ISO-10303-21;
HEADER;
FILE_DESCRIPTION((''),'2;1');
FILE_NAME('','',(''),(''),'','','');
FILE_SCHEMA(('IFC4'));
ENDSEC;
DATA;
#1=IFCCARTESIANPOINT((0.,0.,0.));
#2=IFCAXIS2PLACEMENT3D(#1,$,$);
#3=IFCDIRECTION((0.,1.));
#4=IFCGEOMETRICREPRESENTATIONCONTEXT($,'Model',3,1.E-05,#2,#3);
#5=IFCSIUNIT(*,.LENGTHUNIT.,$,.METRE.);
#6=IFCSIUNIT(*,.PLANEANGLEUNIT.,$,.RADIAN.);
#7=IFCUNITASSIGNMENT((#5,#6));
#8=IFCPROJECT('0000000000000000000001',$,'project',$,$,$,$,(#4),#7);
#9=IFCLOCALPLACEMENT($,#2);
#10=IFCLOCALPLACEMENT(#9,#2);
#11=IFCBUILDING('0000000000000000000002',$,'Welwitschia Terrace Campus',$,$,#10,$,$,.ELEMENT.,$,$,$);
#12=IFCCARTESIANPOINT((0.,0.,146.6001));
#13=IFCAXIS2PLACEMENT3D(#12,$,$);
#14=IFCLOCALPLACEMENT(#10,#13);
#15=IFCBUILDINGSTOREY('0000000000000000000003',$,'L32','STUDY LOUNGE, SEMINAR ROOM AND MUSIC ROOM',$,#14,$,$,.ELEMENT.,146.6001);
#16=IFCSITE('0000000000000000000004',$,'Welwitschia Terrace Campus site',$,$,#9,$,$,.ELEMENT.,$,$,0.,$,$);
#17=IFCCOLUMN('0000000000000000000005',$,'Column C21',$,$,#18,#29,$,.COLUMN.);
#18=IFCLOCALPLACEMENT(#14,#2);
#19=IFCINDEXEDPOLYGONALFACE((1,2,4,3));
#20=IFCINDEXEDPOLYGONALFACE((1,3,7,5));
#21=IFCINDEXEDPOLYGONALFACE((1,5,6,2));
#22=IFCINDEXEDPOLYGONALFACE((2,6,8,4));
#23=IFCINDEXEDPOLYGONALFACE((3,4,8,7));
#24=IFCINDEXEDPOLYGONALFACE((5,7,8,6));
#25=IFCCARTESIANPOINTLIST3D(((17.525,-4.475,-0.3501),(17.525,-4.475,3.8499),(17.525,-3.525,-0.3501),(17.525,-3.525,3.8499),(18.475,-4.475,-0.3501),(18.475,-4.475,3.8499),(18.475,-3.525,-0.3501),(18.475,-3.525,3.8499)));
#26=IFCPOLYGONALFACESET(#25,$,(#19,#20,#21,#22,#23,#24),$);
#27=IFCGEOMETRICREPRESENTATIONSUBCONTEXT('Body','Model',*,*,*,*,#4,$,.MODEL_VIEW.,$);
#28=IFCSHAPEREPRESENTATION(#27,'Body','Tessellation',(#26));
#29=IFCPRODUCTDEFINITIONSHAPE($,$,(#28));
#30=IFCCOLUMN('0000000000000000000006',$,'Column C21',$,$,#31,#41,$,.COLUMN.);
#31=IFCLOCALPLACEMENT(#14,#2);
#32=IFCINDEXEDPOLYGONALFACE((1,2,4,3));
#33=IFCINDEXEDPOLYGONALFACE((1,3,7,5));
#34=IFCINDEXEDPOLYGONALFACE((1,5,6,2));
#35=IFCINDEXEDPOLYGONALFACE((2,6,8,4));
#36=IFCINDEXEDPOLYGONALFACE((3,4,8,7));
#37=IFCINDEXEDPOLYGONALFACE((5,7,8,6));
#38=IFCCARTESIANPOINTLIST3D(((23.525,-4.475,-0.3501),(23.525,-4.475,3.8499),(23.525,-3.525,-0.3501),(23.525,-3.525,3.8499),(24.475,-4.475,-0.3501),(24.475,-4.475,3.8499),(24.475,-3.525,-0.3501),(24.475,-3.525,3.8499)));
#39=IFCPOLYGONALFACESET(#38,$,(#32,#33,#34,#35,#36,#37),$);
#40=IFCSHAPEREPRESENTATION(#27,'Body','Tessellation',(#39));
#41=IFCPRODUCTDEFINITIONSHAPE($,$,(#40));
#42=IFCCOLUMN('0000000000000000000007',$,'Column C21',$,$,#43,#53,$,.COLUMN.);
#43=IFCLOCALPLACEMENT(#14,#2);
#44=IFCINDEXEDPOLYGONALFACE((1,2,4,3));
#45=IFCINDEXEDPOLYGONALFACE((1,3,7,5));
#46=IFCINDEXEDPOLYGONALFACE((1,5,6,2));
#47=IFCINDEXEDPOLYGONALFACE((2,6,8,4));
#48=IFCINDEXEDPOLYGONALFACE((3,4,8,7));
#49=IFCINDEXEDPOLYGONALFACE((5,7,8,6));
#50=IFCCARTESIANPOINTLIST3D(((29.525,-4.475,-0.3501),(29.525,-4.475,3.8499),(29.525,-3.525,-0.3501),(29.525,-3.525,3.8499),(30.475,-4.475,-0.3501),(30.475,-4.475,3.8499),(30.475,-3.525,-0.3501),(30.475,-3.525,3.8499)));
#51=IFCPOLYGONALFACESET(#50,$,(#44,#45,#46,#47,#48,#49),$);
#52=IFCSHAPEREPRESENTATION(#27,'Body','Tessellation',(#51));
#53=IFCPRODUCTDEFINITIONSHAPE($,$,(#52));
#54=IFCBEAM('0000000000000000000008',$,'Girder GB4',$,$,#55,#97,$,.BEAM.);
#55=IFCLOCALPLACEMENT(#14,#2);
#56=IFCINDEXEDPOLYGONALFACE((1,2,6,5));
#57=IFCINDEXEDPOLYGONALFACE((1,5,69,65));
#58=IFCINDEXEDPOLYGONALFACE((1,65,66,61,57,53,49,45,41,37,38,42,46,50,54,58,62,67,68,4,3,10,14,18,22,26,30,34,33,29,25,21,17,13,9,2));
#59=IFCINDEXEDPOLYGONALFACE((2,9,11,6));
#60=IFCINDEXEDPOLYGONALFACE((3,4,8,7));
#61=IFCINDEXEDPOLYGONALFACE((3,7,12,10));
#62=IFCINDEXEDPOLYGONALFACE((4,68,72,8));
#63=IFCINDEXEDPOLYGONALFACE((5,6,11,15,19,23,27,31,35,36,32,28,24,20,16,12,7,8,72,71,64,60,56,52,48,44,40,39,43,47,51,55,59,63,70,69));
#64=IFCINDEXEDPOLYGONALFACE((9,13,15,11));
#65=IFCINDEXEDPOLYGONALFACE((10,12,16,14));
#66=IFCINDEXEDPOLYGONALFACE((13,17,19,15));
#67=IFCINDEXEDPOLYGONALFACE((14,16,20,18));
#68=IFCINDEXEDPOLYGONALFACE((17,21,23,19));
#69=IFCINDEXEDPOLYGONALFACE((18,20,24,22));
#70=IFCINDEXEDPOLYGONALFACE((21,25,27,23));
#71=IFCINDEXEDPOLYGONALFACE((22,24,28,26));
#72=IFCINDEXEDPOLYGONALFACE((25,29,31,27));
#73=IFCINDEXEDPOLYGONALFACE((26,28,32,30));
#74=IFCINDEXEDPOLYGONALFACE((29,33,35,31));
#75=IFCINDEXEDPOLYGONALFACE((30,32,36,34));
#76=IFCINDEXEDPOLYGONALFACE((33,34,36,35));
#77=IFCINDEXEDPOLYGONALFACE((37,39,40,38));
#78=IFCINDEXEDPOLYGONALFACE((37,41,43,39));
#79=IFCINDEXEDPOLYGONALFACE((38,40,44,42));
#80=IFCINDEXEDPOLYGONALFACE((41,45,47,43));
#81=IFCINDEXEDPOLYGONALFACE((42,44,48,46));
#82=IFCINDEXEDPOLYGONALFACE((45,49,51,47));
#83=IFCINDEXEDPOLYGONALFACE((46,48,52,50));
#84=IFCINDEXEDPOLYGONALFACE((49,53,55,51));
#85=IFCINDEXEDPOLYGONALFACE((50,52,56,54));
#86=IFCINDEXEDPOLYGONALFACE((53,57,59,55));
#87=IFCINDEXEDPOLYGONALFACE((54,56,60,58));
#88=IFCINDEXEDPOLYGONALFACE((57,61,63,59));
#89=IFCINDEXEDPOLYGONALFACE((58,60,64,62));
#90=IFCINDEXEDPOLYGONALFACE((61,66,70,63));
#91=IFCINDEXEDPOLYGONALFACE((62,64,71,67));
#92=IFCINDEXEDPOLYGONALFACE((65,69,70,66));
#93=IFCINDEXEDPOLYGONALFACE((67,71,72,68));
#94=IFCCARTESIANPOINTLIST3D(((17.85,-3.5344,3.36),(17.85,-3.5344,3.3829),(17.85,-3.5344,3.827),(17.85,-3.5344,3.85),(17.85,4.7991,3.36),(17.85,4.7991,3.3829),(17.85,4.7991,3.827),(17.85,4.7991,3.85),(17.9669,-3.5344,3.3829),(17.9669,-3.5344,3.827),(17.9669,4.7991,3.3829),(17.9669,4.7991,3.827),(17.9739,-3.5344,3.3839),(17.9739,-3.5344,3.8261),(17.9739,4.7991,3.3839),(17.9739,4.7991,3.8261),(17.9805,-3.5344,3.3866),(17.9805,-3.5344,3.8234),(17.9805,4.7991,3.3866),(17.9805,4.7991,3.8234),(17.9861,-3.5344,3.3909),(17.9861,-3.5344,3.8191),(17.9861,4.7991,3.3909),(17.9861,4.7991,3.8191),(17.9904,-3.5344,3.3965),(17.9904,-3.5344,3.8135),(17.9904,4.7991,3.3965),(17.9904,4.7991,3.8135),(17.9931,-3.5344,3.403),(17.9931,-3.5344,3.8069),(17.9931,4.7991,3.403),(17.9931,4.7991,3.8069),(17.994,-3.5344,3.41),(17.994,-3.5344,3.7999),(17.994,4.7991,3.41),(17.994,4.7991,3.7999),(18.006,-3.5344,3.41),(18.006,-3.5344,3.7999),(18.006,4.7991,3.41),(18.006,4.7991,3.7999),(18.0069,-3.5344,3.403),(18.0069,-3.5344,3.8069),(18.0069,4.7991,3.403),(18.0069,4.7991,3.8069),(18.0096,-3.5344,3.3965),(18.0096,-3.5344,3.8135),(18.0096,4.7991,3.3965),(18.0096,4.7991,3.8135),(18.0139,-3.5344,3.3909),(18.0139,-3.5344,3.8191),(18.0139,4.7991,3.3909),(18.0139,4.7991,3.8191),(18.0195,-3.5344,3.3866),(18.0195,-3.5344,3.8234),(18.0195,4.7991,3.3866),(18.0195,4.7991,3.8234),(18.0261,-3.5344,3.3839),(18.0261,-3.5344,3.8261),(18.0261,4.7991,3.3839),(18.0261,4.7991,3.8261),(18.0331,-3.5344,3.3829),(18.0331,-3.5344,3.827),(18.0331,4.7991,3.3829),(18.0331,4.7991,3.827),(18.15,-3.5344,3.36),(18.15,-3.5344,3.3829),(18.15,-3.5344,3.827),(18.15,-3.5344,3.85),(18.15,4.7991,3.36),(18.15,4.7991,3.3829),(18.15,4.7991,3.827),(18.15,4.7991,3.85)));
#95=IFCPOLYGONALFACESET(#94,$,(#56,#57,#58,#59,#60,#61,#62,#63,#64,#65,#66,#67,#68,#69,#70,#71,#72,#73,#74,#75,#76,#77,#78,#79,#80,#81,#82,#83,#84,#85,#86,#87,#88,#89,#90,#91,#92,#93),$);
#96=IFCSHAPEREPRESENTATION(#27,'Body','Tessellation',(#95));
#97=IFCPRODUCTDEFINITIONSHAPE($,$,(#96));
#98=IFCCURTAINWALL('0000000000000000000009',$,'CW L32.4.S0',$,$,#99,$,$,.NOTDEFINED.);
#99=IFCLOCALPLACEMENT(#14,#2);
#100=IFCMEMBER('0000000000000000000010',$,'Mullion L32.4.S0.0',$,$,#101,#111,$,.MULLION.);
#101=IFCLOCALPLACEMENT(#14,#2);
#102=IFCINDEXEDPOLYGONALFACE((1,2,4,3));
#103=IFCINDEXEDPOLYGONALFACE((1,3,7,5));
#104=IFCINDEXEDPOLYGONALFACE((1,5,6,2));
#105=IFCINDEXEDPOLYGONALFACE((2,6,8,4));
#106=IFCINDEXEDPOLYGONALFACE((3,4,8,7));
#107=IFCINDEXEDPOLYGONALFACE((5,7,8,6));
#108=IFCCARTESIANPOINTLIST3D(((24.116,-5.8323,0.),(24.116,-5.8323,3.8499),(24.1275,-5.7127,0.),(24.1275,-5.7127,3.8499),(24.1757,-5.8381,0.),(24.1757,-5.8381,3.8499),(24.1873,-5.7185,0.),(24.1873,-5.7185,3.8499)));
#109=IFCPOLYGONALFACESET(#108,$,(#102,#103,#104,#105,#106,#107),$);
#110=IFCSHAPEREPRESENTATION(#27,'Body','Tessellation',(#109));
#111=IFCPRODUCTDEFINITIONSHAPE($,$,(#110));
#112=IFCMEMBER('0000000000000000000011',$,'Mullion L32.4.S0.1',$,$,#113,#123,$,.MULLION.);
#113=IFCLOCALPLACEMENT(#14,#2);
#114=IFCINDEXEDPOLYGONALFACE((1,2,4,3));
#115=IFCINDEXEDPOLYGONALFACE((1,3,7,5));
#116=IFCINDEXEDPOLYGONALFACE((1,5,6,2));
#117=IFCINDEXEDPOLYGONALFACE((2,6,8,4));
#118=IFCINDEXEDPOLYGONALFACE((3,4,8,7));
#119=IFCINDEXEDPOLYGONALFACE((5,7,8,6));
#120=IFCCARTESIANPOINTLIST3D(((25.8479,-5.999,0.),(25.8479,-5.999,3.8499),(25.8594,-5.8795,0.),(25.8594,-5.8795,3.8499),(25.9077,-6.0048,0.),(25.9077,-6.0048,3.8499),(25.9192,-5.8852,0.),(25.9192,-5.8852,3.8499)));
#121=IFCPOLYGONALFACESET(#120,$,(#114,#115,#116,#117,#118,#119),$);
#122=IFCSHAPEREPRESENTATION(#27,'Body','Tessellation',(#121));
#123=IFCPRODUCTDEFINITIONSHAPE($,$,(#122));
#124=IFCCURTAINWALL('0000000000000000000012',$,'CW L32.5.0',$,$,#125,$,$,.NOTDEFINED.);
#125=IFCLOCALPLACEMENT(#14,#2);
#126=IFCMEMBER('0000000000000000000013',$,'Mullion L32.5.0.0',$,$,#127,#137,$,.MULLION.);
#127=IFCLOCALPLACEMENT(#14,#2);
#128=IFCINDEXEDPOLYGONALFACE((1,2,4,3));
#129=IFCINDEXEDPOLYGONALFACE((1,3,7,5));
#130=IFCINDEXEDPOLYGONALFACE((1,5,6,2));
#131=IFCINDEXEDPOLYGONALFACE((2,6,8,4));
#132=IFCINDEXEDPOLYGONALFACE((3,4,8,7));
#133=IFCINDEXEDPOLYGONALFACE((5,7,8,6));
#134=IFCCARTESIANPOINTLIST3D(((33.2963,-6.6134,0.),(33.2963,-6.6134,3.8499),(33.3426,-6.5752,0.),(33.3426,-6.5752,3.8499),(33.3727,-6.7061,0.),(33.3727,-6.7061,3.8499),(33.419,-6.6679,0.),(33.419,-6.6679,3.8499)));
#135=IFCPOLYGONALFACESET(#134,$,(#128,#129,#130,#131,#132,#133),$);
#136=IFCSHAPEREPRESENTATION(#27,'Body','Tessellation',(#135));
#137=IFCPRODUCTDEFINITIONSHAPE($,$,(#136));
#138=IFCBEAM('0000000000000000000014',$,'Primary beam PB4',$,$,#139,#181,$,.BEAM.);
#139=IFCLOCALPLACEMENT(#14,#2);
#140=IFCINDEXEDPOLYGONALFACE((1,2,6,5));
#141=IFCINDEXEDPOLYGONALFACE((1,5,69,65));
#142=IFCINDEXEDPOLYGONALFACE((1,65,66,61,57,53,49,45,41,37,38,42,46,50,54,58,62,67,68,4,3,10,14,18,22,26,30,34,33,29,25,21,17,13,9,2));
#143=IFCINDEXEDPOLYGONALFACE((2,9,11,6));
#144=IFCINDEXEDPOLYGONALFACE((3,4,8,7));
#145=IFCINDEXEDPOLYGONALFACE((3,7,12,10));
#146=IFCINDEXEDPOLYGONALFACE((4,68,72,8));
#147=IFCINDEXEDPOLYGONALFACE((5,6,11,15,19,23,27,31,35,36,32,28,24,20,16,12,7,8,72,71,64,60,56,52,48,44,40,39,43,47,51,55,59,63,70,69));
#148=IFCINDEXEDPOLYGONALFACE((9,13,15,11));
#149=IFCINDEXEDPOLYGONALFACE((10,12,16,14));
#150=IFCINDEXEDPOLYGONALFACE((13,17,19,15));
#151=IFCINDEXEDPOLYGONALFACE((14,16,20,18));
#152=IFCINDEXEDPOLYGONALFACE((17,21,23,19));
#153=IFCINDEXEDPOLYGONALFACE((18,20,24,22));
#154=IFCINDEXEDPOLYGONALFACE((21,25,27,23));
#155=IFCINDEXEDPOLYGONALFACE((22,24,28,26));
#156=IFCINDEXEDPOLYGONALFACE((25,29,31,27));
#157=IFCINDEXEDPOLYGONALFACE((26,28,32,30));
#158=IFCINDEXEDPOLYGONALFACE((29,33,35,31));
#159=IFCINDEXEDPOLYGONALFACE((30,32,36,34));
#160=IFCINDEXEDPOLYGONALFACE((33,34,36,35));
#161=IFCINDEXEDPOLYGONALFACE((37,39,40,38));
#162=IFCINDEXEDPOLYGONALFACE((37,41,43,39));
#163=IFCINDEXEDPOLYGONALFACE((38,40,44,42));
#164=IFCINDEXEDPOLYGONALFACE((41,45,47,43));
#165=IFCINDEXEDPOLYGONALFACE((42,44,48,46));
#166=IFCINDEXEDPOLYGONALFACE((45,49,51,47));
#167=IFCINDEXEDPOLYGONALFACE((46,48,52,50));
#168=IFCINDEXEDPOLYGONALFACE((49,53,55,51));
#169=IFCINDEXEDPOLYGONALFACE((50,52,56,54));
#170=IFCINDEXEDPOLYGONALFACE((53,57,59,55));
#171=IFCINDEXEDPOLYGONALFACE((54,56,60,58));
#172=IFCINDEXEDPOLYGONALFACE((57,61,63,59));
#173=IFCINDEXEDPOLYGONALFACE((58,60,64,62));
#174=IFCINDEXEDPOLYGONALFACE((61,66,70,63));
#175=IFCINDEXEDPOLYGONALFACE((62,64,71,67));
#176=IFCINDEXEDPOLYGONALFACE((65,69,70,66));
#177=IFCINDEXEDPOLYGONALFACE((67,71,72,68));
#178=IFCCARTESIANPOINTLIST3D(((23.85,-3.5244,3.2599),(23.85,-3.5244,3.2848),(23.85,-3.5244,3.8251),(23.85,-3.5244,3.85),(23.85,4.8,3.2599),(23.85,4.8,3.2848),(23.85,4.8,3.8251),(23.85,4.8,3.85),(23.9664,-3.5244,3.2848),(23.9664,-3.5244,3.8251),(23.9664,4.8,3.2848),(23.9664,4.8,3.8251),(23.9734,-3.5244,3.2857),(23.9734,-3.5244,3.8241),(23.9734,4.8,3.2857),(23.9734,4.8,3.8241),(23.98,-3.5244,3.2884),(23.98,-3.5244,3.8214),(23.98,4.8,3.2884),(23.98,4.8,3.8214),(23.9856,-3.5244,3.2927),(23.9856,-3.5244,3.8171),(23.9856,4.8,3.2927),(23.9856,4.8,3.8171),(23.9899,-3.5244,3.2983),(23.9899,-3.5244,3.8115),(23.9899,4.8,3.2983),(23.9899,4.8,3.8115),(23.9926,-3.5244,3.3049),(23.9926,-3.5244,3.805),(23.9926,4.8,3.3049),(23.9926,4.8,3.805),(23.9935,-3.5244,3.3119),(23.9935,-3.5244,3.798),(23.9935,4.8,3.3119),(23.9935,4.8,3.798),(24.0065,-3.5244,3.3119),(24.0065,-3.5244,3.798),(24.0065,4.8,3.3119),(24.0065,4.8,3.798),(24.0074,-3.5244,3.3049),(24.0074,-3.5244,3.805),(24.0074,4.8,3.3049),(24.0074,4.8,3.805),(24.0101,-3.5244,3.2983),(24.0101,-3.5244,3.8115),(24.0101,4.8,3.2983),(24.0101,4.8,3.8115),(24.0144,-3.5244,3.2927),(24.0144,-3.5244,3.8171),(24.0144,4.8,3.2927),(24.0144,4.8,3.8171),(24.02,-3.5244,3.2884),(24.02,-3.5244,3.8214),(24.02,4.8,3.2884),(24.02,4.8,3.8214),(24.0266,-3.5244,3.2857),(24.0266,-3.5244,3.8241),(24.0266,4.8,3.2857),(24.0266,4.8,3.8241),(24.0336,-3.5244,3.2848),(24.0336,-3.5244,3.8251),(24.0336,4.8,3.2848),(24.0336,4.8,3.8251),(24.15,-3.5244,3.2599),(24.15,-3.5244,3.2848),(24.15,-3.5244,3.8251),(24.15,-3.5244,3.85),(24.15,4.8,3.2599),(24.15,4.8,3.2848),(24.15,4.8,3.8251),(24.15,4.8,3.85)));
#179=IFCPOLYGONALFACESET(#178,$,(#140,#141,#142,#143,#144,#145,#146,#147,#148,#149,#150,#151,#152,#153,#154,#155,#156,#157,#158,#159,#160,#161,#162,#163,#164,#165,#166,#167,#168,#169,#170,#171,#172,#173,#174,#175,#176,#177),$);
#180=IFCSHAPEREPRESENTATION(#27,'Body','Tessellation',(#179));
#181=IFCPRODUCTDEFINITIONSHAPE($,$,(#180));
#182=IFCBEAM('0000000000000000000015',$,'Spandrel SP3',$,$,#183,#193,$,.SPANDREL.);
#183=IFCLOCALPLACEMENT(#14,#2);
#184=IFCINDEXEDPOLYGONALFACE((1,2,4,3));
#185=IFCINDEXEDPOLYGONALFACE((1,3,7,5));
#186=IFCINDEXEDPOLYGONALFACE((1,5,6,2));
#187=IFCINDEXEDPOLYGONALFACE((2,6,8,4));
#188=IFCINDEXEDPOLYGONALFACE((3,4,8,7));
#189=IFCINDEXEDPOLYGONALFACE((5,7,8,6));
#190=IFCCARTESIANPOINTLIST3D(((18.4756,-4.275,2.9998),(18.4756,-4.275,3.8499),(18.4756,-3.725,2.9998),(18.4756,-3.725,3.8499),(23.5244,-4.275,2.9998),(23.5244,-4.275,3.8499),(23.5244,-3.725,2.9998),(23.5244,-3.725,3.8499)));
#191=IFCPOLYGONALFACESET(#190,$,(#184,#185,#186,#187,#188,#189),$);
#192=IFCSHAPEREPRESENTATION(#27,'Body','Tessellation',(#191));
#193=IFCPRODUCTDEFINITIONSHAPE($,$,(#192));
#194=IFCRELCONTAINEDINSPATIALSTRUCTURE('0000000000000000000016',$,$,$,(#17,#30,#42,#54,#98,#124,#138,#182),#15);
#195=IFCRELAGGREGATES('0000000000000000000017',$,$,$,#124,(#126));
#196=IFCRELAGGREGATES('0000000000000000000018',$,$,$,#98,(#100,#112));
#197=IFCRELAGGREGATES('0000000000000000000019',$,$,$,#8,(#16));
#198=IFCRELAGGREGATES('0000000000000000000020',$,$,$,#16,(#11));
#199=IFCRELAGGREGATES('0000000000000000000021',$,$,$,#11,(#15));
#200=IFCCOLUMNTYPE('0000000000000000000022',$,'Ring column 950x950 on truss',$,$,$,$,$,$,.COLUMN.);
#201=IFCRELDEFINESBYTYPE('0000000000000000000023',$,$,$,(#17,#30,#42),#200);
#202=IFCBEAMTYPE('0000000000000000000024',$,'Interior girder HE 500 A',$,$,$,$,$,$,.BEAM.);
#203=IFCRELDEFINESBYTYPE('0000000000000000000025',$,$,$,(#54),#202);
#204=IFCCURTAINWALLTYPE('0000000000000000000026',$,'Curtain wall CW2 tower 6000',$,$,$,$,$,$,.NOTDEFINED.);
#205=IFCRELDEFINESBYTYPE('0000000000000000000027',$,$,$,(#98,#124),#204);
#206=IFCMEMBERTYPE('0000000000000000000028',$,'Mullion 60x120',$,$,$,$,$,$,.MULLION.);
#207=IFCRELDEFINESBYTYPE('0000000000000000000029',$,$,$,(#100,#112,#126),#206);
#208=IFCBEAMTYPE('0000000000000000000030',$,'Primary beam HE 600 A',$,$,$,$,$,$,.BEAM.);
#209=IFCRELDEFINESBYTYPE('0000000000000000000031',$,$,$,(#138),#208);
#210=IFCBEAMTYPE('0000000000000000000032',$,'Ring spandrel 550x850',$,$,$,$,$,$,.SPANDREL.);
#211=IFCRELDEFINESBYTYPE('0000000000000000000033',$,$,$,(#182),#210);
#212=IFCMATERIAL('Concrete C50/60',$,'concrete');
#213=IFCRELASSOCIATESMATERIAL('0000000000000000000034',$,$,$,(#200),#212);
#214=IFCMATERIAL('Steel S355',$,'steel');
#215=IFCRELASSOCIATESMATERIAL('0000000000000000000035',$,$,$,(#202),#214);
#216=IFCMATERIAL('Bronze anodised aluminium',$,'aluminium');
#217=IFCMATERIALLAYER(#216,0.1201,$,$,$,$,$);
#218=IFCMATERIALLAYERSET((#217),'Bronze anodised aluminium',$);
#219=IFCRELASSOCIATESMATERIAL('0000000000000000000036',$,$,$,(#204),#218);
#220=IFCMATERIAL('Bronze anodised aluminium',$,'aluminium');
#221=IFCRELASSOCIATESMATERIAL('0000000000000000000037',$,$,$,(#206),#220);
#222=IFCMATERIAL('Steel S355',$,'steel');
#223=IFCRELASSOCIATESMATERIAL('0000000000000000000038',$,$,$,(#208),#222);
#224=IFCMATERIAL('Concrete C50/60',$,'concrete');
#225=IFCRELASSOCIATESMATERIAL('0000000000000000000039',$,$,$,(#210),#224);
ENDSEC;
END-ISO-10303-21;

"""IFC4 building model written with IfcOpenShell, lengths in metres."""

from ifc_helpers import new_model, si_unit, direction, frame, origin, origin_2d, place, context, subcontext, project, spatial, rectangle, i_section, extrude, material, layer, layer_set, material_profile, profile_set, type_object, element, aggregate, save


model = new_model("IFC4")

# Units and contexts
model_context = context("Model", 3, precision=1e-05, world=origin(), true_north=direction((0.0, 1.0)))
body_context = subcontext(model_context, "Body", "Model", "MODEL_VIEW")
ifc_project = project(units=[si_unit("LENGTHUNIT", "METRE"), si_unit("PLANEANGLEUNIT", "RADIAN")], contexts=[model_context])

# Site, building, storey
site_placement = place(None, origin())
site = spatial("IfcSite", under=ifc_project, at=site_placement, Name="Welwitschia Terrace Campus site", CompositionType="ELEMENT", RefElevation=0.0)
building_placement = place(site_placement, origin())
building = spatial("IfcBuilding", under=site, at=building_placement, Name="Welwitschia Terrace Campus", CompositionType="ELEMENT")
storey_placement = place(building_placement, frame((0.0, 0.0, 146.6001)))
storey = spatial("IfcBuildingStorey", under=building, at=storey_placement, Name="L32", Description="STUDY LOUNGE, SEMINAR ROOM AND MUSIC ROOM", CompositionType="ELEMENT", Elevation=146.6001)

# Columns
ifc_material_1 = material(Name="Concrete C50/60", Category="concrete")
ifc_material_profile_1 = material_profile(ifc_material_1, rectangle(XDim=0.95, YDim=0.95, at=origin_2d()))
ifc_profile_set_1 = profile_set([ifc_material_profile_1], Name="Concrete C50/60")
column_type = type_object("IfcColumnType", Name="Ring column 950x950 on truss", PredefinedType="COLUMN", material=ifc_profile_set_1)
for number, where, z_axis, x_axis, name in (
    (1, (18.0, -4.0, -0.3501), (0.0, 0.0, 1.0), (1.0, 0.0, 0.0), "Column C21"),
    (2, (24.0, -4.0, -0.3501), (0.0, 0.0, 1.0), (1.0, 0.0, 0.0), "Column C21"),
    (3, (30.0, -4.0, -0.3501), (0.0, 0.0, 1.0), (1.0, 0.0, 0.0), "Column C21"),
):
    element("IfcColumn", number, at=place(storey_placement, frame(where, z_axis=z_axis, x_axis=x_axis)), inside=storey, type_object=column_type, Name=name, PredefinedType="COLUMN", context=body_context, shape_type="SweptSolid", body=[
        extrude(rectangle(XDim=0.95, YDim=0.95, at=origin_2d()), origin(), (0.0, 0.0, 1.0), 4.2),
    ])

# Beam
ifc_material_2 = material(Name="Steel S355", Category="steel")
ifc_material_profile_2 = material_profile(ifc_material_2, i_section(OverallWidth=0.3, OverallDepth=0.49, WebThickness=0.012, FlangeThickness=0.0229, FilletRadius=0.0271, at=origin_2d()))
ifc_profile_set_2 = profile_set([ifc_material_profile_2], Name="Steel S355")
beam_type_1 = type_object("IfcBeamType", Name="Interior girder HE 500 A", PredefinedType="BEAM", material=ifc_profile_set_2)
beam_1_placement = place(storey_placement, frame((18.0, -3.5344, 3.605), z_axis=(0.0, 1.0, 0.0), x_axis=(-1.0, 0.0, 0.0)))
element("IfcBeam", 4, at=beam_1_placement, inside=storey, type_object=beam_type_1, Name="Girder GB4", PredefinedType="BEAM", context=body_context, shape_type="SweptSolid", body=[
    extrude(i_section(OverallWidth=0.3, OverallDepth=0.49, WebThickness=0.012, FlangeThickness=0.0229, FilletRadius=0.0271, at=origin_2d()), origin(), (0.0, 0.0, 1.0), 8.3335),
])

# Curtain wall, members
ifc_material_3 = material(Name="Bronze anodised aluminium", Category="aluminium")
ifc_layer_1 = layer(ifc_material_3, 0.1201)
ifc_layer_set_1 = layer_set([ifc_layer_1], Name="Bronze anodised aluminium")
curtain_wall_type = type_object("IfcCurtainWallType", Name="Curtain wall CW2 tower 6000", PredefinedType="NOTDEFINED", material=ifc_layer_set_1)
curtain_wall_1_placement = place(storey_placement, origin())
curtain_wall_1 = element("IfcCurtainWall", 5, at=curtain_wall_1_placement, inside=storey, type_object=curtain_wall_type, Name="CW L32.4.S0", PredefinedType="NOTDEFINED")
ifc_material_4 = material(Name="Bronze anodised aluminium", Category="aluminium")
ifc_material_profile_3 = material_profile(ifc_material_4, rectangle(XDim=0.1201, YDim=0.0601, at=origin_2d()))
ifc_profile_set_3 = profile_set([ifc_material_profile_3], Name="Bronze anodised aluminium")
member_type_1 = type_object("IfcMemberType", Name="Mullion 60x120", PredefinedType="MULLION", material=ifc_profile_set_3)
member_1_placement = place(storey_placement, frame((24.1516, -5.7754, 0.0), z_axis=(0.0, 0.0, 1.0), x_axis=(0.095846, 0.995396, 0.0)))
member_1 = element("IfcMember", 6, at=member_1_placement, type_object=member_type_1, Name="Mullion L32.4.S0.0", PredefinedType="MULLION", context=body_context, shape_type="SweptSolid", body=[
    extrude(rectangle(XDim=0.1201, YDim=0.0601, at=origin_2d()), origin(), (0.0, 0.0, 1.0), 3.8499),
])
member_2_placement = place(storey_placement, frame((25.8835, -5.9421, 0.0), z_axis=(0.0, 0.0, 1.0), x_axis=(0.095846, 0.995396, 0.0)))
member_2 = element("IfcMember", 7, at=member_2_placement, type_object=member_type_1, Name="Mullion L32.4.S0.1", PredefinedType="MULLION", context=body_context, shape_type="SweptSolid", body=[
    extrude(rectangle(XDim=0.1201, YDim=0.0601, at=origin_2d()), origin(), (0.0, 0.0, 1.0), 3.8499),
])

# Curtain wall, member
curtain_wall_2_placement = place(storey_placement, origin())
curtain_wall_2 = element("IfcCurtainWall", 8, at=curtain_wall_2_placement, inside=storey, type_object=curtain_wall_type, Name="CW L32.5.0", PredefinedType="NOTDEFINED")
member_3_placement = place(storey_placement, frame((33.3577, -6.6406, 0.0), z_axis=(0.0, 0.0, 1.0), x_axis=(-0.636078, 0.771625, 0.0)))
member_3 = element("IfcMember", 9, at=member_3_placement, type_object=member_type_1, Name="Mullion L32.5.0.0", PredefinedType="MULLION", context=body_context, shape_type="SweptSolid", body=[
    extrude(rectangle(XDim=0.1201, YDim=0.0601, at=origin_2d()), origin(), (0.0, 0.0, 1.0), 3.8499),
])

# Beams
ifc_material_5 = material(Name="Steel S355", Category="steel")
ifc_material_profile_4 = material_profile(ifc_material_5, i_section(OverallWidth=0.3, OverallDepth=0.5901, WebThickness=0.0129, FlangeThickness=0.0249, FilletRadius=0.0271, at=origin_2d()))
ifc_profile_set_4 = profile_set([ifc_material_profile_4], Name="Steel S355")
beam_type_2 = type_object("IfcBeamType", Name="Primary beam HE 600 A", PredefinedType="BEAM", material=ifc_profile_set_4)
beam_2_placement = place(storey_placement, frame((24.0, -3.5244, 3.5549), z_axis=(0.0, 1.0, 0.0), x_axis=(-1.0, 0.0, 0.0)))
element("IfcBeam", 10, at=beam_2_placement, inside=storey, type_object=beam_type_2, Name="Primary beam PB4", PredefinedType="BEAM", context=body_context, shape_type="SweptSolid", body=[
    extrude(i_section(OverallWidth=0.3, OverallDepth=0.5901, WebThickness=0.0129, FlangeThickness=0.0249, FilletRadius=0.0271, at=origin_2d()), origin(), (0.0, 0.0, 1.0), 8.3245),
])
ifc_material_6 = material(Name="Concrete C50/60", Category="concrete")
ifc_material_profile_5 = material_profile(ifc_material_6, rectangle(XDim=0.55, YDim=0.8501, at=origin_2d()))
ifc_profile_set_5 = profile_set([ifc_material_profile_5], Name="Concrete C50/60")
beam_type_3 = type_object("IfcBeamType", Name="Ring spandrel 550x850", PredefinedType="SPANDREL", material=ifc_profile_set_5)
for number, where, z_axis, x_axis, name in (
    (11, (18.4756, -4.0, 3.4248), (1.0, 0.0, 0.0), (0.0, 1.0, 0.0), "Spandrel SP3"),
):
    element("IfcBeam", number, at=place(storey_placement, frame(where, z_axis=z_axis, x_axis=x_axis)), inside=storey, type_object=beam_type_3, Name=name, PredefinedType="SPANDREL", context=body_context, shape_type="SweptSolid", body=[
        extrude(rectangle(XDim=0.55, YDim=0.8501, at=origin_2d()), origin(), (0.0, 0.0, 1.0), 5.0488),
    ])

aggregate(curtain_wall_2, [member_3])

aggregate(curtain_wall_1, [member_1, member_2])

save(model, "model.ifc")
